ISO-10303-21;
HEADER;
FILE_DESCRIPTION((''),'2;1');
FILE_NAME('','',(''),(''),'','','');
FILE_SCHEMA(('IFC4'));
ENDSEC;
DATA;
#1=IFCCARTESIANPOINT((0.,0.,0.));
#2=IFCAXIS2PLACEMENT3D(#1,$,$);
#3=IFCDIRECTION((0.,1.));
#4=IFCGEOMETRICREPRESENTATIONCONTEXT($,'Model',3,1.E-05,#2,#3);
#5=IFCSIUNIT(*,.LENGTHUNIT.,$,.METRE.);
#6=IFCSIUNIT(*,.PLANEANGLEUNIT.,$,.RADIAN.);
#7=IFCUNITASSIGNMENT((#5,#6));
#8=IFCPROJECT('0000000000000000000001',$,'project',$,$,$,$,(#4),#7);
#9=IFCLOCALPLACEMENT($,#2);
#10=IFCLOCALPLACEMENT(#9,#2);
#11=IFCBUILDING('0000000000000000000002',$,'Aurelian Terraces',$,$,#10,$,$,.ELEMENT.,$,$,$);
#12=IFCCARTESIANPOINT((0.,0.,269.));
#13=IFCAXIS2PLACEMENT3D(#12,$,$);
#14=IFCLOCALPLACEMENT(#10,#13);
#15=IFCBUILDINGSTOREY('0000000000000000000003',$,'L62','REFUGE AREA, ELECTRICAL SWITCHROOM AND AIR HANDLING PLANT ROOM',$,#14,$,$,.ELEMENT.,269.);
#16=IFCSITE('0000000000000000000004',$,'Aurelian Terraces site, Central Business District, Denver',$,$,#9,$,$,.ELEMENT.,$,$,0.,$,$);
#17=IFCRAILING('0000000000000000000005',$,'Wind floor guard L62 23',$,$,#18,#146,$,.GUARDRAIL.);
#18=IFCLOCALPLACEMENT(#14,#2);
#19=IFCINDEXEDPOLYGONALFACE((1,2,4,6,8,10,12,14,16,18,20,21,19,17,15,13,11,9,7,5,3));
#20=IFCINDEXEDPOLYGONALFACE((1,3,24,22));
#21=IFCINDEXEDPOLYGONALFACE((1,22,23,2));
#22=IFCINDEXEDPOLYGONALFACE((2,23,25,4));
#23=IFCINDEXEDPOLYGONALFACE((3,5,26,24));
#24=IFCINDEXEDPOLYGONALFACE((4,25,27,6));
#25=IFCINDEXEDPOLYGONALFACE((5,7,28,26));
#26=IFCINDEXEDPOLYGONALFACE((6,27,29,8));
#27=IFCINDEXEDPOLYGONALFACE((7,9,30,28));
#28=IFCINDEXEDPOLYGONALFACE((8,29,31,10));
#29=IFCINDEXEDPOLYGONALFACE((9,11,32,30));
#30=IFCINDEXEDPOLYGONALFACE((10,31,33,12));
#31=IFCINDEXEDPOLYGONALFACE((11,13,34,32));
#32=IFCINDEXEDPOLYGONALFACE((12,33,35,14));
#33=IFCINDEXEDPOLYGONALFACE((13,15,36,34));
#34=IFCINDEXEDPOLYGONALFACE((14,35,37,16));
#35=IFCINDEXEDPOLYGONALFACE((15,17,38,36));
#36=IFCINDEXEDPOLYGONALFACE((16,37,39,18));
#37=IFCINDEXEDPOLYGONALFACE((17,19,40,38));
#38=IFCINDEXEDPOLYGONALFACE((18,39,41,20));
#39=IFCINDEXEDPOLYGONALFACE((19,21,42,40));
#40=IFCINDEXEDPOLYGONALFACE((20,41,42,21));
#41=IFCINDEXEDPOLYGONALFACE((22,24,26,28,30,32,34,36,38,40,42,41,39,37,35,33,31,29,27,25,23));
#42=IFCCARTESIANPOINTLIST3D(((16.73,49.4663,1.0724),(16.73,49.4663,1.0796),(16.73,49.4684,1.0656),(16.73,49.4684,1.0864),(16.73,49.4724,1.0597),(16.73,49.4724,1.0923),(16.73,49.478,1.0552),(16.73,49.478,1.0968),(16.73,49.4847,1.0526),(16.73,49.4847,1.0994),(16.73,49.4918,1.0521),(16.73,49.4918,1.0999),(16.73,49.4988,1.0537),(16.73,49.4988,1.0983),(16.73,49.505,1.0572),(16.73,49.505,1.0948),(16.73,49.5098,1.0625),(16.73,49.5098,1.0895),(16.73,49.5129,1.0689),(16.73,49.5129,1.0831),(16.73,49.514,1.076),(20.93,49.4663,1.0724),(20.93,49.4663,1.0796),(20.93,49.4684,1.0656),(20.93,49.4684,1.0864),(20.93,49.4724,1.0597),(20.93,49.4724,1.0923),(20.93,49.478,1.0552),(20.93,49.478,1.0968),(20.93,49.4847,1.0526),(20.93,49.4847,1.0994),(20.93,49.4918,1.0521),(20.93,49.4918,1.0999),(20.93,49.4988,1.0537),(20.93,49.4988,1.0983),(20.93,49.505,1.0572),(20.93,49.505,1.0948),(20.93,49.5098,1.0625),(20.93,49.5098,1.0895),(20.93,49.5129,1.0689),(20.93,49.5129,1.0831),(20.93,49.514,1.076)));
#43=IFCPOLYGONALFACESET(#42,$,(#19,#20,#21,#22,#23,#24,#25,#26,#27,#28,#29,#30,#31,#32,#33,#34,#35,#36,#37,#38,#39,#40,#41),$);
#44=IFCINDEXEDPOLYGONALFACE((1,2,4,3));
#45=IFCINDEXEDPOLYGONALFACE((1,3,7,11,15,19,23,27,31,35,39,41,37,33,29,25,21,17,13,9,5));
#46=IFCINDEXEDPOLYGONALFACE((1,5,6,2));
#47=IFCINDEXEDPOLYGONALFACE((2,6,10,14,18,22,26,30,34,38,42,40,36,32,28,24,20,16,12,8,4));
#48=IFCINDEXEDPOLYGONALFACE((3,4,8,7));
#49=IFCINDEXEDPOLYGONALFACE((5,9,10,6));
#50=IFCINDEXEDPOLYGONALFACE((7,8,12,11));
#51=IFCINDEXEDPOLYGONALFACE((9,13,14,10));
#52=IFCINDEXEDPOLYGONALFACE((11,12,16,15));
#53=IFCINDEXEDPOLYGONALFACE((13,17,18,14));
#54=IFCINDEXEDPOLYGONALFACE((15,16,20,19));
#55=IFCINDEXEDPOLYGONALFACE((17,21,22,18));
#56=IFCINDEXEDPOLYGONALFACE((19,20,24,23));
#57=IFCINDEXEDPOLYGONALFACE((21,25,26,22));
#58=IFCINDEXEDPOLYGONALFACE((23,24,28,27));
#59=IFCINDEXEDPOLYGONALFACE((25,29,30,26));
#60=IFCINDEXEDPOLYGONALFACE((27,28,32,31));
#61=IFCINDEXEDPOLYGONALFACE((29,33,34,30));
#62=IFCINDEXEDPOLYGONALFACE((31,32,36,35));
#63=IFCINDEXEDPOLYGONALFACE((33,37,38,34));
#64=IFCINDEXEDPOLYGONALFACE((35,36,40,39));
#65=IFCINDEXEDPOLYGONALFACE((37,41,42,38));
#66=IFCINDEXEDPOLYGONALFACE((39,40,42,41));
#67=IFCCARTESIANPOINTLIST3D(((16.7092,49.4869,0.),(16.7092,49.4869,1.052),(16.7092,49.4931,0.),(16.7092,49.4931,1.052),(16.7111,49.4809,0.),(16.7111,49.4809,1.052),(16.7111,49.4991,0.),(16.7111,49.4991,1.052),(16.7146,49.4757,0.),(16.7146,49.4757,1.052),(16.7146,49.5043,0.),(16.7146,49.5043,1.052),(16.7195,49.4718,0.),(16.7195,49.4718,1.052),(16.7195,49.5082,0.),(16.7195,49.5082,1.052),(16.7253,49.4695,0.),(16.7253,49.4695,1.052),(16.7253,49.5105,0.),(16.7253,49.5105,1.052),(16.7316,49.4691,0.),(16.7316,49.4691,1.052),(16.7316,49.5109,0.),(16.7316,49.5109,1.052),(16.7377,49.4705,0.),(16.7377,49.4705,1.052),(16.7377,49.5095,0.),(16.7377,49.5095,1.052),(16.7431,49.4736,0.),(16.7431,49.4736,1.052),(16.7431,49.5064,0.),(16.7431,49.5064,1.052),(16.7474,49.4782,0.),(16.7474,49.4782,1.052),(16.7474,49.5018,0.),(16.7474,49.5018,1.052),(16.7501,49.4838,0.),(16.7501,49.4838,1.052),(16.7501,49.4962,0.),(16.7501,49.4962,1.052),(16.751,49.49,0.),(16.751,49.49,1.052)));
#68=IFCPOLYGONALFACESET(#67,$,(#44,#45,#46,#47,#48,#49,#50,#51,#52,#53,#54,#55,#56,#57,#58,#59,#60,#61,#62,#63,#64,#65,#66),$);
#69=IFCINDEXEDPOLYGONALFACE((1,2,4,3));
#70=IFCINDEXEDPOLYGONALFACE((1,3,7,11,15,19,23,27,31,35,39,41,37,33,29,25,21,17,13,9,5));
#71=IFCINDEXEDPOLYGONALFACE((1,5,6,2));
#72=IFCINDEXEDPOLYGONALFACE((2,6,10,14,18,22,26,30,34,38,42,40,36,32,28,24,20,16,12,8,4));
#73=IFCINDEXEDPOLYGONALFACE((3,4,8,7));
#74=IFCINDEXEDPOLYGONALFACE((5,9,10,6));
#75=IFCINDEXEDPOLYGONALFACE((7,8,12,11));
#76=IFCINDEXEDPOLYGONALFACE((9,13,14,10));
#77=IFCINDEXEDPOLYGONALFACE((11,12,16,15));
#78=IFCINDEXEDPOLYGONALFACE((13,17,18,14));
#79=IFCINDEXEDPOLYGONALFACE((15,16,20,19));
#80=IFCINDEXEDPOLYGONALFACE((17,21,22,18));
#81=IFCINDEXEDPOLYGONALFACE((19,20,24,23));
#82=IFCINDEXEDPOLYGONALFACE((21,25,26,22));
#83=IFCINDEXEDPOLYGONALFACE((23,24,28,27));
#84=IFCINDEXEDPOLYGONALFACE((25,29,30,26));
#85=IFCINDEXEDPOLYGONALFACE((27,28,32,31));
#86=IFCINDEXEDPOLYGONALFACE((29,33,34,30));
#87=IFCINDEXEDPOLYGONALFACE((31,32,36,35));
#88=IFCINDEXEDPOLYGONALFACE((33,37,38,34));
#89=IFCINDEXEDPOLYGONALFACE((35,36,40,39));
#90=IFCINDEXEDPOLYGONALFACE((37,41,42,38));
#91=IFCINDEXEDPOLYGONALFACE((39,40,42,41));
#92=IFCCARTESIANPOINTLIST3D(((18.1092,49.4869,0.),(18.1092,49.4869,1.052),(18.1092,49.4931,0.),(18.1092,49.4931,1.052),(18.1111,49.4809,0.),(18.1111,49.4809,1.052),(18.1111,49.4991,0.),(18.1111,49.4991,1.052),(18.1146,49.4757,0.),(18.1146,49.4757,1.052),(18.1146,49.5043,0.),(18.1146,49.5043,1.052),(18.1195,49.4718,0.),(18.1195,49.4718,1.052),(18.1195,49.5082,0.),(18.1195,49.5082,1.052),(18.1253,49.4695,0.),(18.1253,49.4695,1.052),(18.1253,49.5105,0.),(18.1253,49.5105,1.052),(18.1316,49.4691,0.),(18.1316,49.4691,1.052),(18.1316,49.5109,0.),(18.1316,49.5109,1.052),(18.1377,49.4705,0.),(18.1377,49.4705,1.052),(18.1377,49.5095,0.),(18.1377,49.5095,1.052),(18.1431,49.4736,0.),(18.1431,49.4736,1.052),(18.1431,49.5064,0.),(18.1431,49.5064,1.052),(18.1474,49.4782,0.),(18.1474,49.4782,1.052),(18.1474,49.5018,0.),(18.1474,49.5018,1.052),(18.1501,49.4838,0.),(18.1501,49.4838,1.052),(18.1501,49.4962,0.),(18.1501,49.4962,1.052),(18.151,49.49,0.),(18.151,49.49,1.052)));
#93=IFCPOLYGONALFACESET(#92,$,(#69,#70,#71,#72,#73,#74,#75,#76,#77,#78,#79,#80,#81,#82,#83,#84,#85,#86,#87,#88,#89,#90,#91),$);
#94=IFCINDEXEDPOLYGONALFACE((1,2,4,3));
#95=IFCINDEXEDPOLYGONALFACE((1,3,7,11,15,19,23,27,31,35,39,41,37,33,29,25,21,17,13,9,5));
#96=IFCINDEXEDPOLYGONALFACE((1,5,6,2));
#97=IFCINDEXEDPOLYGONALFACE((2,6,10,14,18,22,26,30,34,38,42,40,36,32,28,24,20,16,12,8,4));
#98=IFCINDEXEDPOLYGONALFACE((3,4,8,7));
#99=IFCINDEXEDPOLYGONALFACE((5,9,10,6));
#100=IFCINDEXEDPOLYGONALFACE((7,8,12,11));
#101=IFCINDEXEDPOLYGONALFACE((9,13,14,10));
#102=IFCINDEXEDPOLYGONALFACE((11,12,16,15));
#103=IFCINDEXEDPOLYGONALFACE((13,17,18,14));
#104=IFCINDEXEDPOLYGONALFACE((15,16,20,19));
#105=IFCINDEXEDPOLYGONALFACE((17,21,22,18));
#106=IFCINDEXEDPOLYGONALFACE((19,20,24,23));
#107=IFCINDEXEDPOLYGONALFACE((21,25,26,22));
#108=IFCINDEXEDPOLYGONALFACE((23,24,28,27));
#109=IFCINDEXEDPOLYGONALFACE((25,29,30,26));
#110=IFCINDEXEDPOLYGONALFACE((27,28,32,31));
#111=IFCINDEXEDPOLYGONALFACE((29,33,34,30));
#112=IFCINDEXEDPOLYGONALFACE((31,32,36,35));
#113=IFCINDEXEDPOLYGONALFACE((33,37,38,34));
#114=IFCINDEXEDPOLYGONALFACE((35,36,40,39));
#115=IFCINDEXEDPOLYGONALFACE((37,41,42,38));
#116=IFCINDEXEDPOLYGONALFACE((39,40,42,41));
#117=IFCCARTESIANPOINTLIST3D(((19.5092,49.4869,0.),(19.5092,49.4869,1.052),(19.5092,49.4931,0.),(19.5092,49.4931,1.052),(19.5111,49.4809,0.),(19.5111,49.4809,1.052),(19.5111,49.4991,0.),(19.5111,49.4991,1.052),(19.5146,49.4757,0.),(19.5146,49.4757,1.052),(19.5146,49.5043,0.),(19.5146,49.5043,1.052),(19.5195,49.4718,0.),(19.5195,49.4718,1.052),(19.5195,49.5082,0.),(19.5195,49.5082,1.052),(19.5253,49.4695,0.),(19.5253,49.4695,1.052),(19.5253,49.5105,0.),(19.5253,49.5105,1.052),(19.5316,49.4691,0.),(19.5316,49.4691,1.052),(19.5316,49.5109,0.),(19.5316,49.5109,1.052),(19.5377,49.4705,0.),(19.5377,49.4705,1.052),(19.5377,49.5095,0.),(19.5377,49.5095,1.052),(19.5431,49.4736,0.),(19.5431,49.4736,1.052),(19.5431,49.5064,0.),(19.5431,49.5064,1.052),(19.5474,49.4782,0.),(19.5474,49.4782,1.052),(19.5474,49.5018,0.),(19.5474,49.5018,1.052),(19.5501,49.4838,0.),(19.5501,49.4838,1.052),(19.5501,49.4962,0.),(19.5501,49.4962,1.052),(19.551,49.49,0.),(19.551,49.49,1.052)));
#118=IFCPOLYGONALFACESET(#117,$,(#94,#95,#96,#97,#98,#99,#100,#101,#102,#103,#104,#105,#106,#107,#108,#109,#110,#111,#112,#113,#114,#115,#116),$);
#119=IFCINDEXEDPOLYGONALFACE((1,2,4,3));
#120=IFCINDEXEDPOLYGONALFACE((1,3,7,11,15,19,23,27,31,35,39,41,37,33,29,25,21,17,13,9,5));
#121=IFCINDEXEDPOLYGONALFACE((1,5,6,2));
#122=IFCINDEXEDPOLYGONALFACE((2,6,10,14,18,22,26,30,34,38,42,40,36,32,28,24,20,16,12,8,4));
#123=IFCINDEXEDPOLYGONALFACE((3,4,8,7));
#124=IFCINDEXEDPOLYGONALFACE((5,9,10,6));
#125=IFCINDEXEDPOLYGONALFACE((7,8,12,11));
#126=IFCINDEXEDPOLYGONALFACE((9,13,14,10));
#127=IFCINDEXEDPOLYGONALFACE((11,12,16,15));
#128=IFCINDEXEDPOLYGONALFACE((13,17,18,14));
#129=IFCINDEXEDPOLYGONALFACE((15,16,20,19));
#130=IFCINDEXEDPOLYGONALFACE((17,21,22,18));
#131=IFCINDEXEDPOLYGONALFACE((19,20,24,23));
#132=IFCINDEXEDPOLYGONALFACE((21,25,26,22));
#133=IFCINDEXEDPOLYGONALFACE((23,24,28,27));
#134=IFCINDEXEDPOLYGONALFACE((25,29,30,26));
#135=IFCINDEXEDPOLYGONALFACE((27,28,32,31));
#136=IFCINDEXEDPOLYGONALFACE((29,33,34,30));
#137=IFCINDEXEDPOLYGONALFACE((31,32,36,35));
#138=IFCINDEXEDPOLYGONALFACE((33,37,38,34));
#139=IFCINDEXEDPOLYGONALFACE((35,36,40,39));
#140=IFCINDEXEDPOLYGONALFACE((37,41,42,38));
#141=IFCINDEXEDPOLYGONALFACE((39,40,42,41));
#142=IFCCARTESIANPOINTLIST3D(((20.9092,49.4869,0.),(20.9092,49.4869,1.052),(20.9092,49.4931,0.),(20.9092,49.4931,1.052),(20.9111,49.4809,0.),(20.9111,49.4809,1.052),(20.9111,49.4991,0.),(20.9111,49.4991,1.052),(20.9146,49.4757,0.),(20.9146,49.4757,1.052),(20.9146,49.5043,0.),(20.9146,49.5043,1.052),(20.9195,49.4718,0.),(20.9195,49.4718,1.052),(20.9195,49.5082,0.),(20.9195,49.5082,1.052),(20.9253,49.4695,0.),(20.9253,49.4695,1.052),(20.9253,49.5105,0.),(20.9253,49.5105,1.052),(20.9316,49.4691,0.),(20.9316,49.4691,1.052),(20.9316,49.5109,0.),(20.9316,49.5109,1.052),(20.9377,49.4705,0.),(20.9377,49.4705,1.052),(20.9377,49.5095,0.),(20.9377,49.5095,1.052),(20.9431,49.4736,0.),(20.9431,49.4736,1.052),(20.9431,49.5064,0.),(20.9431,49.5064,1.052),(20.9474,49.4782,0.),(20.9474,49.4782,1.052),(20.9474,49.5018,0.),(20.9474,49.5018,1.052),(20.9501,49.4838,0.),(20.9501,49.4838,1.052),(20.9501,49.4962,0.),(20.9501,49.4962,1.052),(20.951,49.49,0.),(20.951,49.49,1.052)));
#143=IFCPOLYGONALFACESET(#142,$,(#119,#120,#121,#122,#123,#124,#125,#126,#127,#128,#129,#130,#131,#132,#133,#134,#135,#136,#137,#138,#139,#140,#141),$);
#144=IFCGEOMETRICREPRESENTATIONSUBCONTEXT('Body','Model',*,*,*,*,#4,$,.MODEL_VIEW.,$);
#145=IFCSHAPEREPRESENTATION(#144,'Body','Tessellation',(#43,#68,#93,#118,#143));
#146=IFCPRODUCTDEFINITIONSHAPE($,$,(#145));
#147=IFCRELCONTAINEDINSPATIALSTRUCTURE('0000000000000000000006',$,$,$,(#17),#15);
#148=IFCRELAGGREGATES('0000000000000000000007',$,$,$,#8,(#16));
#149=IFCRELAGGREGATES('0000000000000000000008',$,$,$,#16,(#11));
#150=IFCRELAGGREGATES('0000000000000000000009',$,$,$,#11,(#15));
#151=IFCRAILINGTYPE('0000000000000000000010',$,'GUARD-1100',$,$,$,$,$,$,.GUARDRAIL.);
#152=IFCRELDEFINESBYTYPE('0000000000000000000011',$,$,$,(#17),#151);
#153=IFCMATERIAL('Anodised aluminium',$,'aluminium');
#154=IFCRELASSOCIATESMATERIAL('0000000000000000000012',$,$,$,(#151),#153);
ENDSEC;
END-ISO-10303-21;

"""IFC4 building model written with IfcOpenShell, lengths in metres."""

from ifc_helpers import new_model, si_unit, direction, frame, origin, origin_2d, place, context, subcontext, project, spatial, circle, extrude, source, transform, mapped, material, type_object, element, save


model = new_model("IFC4")

# Units and contexts
model_context = context("Model", 3, precision=1e-05, world=origin(), true_north=direction((0.0, 1.0)))
body_context = subcontext(model_context, "Body", "Model", "MODEL_VIEW")
ifc_project = project(units=[si_unit("LENGTHUNIT", "METRE"), si_unit("PLANEANGLEUNIT", "RADIAN")], contexts=[model_context])

# Site, building, storey
site_placement = place(None, origin())
site = spatial("IfcSite", under=ifc_project, at=site_placement, Name="Aurelian Terraces site, Central Business District, Denver", CompositionType="ELEMENT", RefElevation=0.0)
building_placement = place(site_placement, origin())
building = spatial("IfcBuilding", under=site, at=building_placement, Name="Aurelian Terraces", CompositionType="ELEMENT")
storey_placement = place(building_placement, frame((0.0, 0.0, 269.0)))
storey = spatial("IfcBuildingStorey", under=building, at=storey_placement, Name="L62", Description="REFUGE AREA, ELECTRICAL SWITCHROOM AND AIR HANDLING PLANT ROOM", CompositionType="ELEMENT", Elevation=269.0)

# Railing
ifc_material_1 = material(Name="Anodised aluminium", Category="aluminium")
railing_type = type_object("IfcRailingType", Name="GUARD-1100", PredefinedType="GUARDRAIL", material=ifc_material_1)
shared_shape_1 = source(origin(), body_context, "Body", "SweptSolid", [
    extrude(circle(Radius=0.024, at=origin_2d()), frame((0.0, 0.0, 1.076), z_axis=(1.0, 0.0, 0.0), x_axis=(0.0, 1.0, 0.0)), (0.0, 0.0, 1.0), 4.2),
    extrude(circle(Radius=0.021, at=origin_2d()), origin(), (0.0, 0.0, 1.0), 1.052),
    extrude(circle(Radius=0.021, at=origin_2d()), frame((1.4, 0.0, 0.0)), (0.0, 0.0, 1.0), 1.052),
    extrude(circle(Radius=0.021, at=origin_2d()), frame((2.8, 0.0, 0.0)), (0.0, 0.0, 1.0), 1.052),
    extrude(circle(Radius=0.021, at=origin_2d()), frame((4.2, 0.0, 0.0)), (0.0, 0.0, 1.0), 1.052),
])
railing_1_placement = place(storey_placement, frame((16.73, 49.49, 0.0)))
element("IfcRailing", 1, at=railing_1_placement, inside=storey, type_object=railing_type, Name="Wind floor guard L62 23", PredefinedType="GUARDRAIL", context=body_context, shape_type="MappedRepresentation", body=[
    mapped(shared_shape_1, transform((0.0, 0.0, 0.0), scale=1.0)),
])

save(model, "model.ifc")
